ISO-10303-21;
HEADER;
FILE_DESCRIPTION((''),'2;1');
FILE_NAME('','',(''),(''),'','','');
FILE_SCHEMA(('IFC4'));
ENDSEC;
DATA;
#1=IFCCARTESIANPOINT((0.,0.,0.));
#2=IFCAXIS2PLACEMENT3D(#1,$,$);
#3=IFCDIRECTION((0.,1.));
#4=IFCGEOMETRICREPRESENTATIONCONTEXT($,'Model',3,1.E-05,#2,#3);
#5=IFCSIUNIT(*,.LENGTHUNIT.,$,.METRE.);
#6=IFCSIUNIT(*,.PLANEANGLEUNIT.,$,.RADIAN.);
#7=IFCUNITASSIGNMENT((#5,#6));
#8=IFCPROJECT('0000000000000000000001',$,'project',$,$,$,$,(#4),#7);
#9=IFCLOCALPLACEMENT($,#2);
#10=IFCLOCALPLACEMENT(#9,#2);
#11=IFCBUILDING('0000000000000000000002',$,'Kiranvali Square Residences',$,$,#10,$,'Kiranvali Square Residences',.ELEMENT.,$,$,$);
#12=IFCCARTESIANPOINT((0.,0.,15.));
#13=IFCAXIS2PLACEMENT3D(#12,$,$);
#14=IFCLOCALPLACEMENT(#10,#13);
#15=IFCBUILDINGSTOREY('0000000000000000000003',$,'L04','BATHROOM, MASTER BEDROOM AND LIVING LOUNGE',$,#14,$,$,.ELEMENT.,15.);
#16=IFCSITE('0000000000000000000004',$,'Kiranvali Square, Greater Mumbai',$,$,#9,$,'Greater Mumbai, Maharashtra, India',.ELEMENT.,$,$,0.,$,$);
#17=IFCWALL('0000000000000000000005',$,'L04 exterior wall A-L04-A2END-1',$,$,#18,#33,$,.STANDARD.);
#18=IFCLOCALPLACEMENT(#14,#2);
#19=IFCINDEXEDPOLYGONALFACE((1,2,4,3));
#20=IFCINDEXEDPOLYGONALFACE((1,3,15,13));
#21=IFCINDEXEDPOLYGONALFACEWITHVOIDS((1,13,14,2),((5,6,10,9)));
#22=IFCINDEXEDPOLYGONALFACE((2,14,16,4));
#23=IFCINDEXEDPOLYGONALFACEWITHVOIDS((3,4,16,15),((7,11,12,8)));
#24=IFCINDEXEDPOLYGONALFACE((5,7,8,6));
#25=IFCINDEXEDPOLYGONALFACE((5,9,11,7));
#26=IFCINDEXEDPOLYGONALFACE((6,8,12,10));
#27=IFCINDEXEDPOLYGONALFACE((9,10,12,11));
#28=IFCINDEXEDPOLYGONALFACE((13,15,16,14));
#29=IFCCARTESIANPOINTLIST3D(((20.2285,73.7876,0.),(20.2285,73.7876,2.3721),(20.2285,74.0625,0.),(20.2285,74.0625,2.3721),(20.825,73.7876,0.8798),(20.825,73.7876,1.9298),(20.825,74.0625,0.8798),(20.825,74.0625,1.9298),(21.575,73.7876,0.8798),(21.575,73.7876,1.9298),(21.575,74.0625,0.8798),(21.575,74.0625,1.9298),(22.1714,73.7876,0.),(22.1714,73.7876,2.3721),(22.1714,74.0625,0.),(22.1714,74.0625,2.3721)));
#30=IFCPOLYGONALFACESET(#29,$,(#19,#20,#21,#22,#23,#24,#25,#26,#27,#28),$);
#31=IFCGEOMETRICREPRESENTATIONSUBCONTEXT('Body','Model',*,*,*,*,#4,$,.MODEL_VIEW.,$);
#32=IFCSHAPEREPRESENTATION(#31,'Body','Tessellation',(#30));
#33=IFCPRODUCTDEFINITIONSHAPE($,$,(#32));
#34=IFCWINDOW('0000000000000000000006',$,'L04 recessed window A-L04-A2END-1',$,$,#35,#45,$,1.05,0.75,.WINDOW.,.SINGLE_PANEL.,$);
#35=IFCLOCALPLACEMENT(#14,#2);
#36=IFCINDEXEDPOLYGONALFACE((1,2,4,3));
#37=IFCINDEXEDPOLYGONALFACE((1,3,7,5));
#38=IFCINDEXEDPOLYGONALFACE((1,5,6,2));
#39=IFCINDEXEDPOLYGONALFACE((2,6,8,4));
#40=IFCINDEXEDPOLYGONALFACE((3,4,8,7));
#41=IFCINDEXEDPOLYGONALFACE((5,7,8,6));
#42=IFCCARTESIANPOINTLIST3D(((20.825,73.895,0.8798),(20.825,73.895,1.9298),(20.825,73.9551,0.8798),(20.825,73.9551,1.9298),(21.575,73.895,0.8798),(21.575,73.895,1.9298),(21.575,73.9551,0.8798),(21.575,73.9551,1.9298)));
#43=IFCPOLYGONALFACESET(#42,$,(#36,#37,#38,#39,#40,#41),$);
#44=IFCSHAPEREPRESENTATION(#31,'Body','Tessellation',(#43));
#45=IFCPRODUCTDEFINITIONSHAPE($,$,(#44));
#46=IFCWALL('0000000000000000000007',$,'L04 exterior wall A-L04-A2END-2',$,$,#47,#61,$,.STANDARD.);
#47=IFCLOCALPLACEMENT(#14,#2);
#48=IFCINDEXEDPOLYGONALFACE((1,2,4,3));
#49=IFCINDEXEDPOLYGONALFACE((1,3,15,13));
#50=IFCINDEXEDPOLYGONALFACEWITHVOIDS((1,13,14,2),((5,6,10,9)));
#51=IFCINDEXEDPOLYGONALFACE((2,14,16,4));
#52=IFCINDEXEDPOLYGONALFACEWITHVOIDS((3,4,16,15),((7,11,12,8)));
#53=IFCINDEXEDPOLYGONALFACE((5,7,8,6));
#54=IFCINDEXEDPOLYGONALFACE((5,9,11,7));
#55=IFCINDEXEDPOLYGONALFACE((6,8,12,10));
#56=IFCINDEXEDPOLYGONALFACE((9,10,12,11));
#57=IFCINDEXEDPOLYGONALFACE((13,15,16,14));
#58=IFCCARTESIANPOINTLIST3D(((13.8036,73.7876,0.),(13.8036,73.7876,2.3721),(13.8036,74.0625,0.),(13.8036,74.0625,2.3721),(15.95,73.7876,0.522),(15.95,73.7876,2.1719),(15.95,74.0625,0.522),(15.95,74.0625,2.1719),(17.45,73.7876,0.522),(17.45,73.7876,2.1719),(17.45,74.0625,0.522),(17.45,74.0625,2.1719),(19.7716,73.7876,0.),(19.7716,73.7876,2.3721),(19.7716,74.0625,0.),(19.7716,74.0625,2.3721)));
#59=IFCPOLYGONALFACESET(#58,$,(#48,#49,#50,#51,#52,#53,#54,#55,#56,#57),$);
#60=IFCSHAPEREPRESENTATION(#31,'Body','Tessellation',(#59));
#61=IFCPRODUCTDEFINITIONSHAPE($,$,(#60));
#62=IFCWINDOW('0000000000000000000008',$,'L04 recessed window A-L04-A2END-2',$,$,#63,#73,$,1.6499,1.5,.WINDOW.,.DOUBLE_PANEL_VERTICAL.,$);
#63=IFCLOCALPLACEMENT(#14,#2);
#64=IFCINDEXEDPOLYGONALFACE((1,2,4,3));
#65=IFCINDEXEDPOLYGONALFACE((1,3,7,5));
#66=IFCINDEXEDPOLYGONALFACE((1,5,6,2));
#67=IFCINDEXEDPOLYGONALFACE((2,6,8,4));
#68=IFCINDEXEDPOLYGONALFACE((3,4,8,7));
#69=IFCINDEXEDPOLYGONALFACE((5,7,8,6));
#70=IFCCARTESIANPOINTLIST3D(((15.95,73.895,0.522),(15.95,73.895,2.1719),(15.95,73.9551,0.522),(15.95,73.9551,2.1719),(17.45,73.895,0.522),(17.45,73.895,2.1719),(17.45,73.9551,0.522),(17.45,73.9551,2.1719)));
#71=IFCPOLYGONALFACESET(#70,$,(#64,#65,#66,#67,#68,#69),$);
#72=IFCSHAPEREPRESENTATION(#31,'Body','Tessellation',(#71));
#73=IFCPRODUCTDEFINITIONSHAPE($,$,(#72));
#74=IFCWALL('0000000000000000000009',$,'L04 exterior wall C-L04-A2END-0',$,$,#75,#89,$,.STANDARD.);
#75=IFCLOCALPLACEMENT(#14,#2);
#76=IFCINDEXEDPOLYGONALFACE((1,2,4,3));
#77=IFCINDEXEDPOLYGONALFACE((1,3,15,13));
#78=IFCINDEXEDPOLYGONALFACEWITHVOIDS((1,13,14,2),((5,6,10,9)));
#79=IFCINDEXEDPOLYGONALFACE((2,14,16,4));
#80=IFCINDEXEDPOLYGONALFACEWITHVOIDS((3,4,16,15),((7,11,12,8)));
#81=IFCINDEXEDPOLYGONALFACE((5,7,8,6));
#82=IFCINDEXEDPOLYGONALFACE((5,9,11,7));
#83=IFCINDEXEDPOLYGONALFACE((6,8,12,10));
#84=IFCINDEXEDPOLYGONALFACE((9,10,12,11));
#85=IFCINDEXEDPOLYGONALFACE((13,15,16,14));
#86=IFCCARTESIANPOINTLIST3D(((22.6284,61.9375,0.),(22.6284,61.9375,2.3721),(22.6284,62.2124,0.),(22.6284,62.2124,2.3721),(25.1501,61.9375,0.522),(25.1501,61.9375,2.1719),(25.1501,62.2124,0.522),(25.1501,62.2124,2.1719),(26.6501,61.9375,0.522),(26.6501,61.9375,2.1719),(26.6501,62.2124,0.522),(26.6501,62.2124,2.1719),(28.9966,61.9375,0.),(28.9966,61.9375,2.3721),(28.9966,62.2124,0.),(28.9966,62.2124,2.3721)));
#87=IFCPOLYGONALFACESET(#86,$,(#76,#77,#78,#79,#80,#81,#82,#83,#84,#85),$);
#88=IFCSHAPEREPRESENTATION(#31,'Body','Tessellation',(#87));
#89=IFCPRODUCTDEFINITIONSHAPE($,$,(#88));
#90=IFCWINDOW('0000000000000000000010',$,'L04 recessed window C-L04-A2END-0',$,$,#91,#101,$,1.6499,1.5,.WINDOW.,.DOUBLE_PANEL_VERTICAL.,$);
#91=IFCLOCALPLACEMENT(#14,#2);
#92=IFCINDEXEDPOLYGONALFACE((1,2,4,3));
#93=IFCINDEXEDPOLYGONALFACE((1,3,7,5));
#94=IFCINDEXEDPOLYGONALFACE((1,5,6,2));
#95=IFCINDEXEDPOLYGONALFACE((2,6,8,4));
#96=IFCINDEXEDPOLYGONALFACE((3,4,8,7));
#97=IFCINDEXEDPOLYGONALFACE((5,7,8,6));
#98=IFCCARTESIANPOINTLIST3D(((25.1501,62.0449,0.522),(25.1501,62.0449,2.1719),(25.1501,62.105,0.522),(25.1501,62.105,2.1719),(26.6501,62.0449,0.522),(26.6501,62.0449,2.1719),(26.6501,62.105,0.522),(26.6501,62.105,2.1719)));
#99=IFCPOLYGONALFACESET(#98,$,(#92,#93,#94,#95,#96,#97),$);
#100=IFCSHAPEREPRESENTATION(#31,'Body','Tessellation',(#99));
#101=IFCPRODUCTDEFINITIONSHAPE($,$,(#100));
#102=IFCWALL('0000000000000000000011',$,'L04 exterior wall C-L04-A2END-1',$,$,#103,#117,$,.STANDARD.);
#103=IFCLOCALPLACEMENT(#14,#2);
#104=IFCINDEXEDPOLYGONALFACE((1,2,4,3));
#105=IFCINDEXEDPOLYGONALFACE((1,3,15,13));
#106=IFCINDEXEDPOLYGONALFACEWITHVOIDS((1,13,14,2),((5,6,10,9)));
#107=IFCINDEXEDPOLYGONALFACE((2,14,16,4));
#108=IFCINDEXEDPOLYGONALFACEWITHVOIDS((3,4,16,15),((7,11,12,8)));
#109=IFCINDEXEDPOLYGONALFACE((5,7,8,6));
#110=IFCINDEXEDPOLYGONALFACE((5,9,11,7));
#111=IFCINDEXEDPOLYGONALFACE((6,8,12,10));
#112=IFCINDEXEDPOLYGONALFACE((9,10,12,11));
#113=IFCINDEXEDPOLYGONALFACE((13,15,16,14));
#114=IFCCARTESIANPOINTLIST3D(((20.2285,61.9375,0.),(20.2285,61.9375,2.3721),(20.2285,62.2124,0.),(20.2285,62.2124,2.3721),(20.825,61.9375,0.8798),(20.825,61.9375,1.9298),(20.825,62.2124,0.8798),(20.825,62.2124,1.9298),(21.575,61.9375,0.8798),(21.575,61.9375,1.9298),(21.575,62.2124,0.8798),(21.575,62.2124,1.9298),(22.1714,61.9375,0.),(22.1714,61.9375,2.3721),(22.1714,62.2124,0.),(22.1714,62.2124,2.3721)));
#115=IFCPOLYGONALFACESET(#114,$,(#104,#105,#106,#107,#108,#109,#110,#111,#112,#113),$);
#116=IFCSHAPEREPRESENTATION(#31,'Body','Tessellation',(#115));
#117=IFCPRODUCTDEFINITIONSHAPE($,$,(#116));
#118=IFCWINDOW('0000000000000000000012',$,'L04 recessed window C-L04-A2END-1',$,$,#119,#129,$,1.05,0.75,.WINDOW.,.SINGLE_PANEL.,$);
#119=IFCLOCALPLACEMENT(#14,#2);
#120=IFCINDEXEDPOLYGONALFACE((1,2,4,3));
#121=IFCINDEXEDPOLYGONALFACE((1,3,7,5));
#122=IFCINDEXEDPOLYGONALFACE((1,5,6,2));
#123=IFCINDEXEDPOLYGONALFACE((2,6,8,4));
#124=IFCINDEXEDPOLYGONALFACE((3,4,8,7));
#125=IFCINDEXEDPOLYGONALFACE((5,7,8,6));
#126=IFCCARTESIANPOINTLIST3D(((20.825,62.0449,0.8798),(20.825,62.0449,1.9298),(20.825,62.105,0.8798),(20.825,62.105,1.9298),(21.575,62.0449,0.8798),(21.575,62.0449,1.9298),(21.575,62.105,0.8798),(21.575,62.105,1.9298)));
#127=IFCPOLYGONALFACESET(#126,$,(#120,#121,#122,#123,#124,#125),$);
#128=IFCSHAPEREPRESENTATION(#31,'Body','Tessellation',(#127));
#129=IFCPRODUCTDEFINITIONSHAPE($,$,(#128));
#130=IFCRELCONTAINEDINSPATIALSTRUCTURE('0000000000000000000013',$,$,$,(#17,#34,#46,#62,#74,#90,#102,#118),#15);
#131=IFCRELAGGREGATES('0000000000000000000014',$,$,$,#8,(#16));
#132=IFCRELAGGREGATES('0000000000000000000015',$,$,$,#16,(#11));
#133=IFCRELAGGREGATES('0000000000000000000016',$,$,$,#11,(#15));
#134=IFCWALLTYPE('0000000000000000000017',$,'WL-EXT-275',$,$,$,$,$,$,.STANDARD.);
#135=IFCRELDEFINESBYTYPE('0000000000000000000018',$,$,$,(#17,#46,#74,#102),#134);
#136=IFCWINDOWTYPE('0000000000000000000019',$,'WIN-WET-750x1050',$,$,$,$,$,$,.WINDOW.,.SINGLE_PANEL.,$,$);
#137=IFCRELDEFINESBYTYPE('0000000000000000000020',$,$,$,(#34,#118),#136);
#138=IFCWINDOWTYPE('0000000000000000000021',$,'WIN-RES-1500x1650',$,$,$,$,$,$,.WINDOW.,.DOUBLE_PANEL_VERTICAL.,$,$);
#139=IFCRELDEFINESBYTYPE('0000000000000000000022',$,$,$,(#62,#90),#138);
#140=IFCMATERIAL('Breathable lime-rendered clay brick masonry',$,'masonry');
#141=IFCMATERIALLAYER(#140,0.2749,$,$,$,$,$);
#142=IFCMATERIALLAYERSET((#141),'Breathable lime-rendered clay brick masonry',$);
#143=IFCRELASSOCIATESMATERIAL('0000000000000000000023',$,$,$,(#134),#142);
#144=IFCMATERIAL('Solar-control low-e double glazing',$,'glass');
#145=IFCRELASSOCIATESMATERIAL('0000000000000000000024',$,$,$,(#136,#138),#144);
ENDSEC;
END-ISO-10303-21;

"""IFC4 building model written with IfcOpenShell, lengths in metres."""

from ifc_helpers import new_model, si_unit, direction, frame, frame_2d, origin, place, context, subcontext, project, spatial, rectangle, extrude, material, layer, layer_set, type_object, element, fill, save


model = new_model("IFC4")

# Units and contexts
model_context = context("Model", 3, precision=1e-05, world=origin(), true_north=direction((0.0, 1.0)))
body_context = subcontext(model_context, "Body", "Model", "MODEL_VIEW")
ifc_project = project(units=[si_unit("LENGTHUNIT", "METRE"), si_unit("PLANEANGLEUNIT", "RADIAN")], contexts=[model_context])

# Site, building, storey
site_placement = place(None, origin())
site = spatial("IfcSite", under=ifc_project, at=site_placement, Name="Kiranvali Square, Greater Mumbai", LongName="Greater Mumbai, Maharashtra, India", CompositionType="ELEMENT", RefElevation=0.0)
building_placement = place(site_placement, origin())
building = spatial("IfcBuilding", under=site, at=building_placement, Name="Kiranvali Square Residences", LongName="Kiranvali Square Residences", CompositionType="ELEMENT")
storey_placement = place(building_placement, frame((0.0, 0.0, 15.0)))
storey = spatial("IfcBuildingStorey", under=building, at=storey_placement, Name="L04", Description="BATHROOM, MASTER BEDROOM AND LIVING LOUNGE", CompositionType="ELEMENT", Elevation=15.0)

# Walls, openings, windows
ifc_material_1 = material(Name="Breathable lime-rendered clay brick masonry", Category="masonry")
ifc_layer = layer(ifc_material_1, 0.2749)
ifc_layer_set = layer_set([ifc_layer], Name="Breathable lime-rendered clay brick masonry")
wall_type = type_object("IfcWallType", Name="WL-EXT-275", PredefinedType="STANDARD", material=ifc_layer_set)
wall_1_placement = place(storey_placement, frame((22.1714, 73.925, 0.0), z_axis=(0.0, 0.0, 1.0), x_axis=(-1.0, 0.0, 0.0)))
wall_1 = element("IfcWall", 1, at=wall_1_placement, inside=storey, type_object=wall_type, Name="L04 exterior wall A-L04-A2END-1", PredefinedType="STANDARD", context=body_context, shape_type="SweptSolid", body=[
    extrude(rectangle(XDim=1.9429, YDim=0.2749, at=frame_2d((0.9714, 0.0))), origin(), (0.0, 0.0, 1.0), 2.3721),
])
opening_1_placement = place(wall_1_placement, frame((0.5964, 0.0, 0.8799)))
opening_1 = element("IfcOpeningElement", 2, at=opening_1_placement, cuts=wall_1, PredefinedType="OPENING", context=body_context, shape_type="SweptSolid", body=[
    extrude(rectangle(XDim=0.75, YDim=1.05, at=frame_2d((0.375, 0.5249))), frame((0.0, 0.1475, 0.0), z_axis=(0.0, -1.0, 0.0), x_axis=(1.0, 0.0, 0.0)), (0.0, 0.0, 1.0), 0.2949),
])
ifc_material_2 = material(Name="Solar-control low-e double glazing", Category="glass")
window_type_1 = type_object("IfcWindowType", Name="WIN-WET-750x1050", PartitioningType="SINGLE_PANEL", PredefinedType="WINDOW", material=ifc_material_2)
window_1_placement = place(opening_1_placement, origin())
window_1 = element("IfcWindow", 3, at=window_1_placement, inside=storey, type_object=window_type_1, Name="L04 recessed window A-L04-A2END-1", OverallHeight=1.05, OverallWidth=0.75, PartitioningType="SINGLE_PANEL", PredefinedType="WINDOW", context=body_context, shape_type="SweptSolid", body=[
    extrude(rectangle(XDim=0.75, YDim=1.05, at=frame_2d((0.375, 0.5249))), frame((0.0, 0.03, 0.0), z_axis=(0.0, -1.0, 0.0), x_axis=(1.0, 0.0, 0.0)), (0.0, 0.0, 1.0), 0.0601),
])
fill(opening_1, window_1)
wall_2_placement = place(storey_placement, frame((19.7715, 73.925, 0.0), z_axis=(0.0, 0.0, 1.0), x_axis=(-1.0, 0.0, 0.0)))
wall_2 = element("IfcWall", 4, at=wall_2_placement, inside=storey, type_object=wall_type, Name="L04 exterior wall A-L04-A2END-2", PredefinedType="STANDARD", context=body_context, shape_type="SweptSolid", body=[
    extrude(rectangle(XDim=5.968, YDim=0.2749, at=frame_2d((2.9839, 0.0))), origin(), (0.0, 0.0, 1.0), 2.3721),
])
opening_2_placement = place(wall_2_placement, frame((2.3215, 0.0, 0.522)))
opening_2 = element("IfcOpeningElement", 5, at=opening_2_placement, cuts=wall_2, PredefinedType="OPENING", context=body_context, shape_type="SweptSolid", body=[
    extrude(rectangle(XDim=1.5, YDim=1.6499, at=frame_2d((0.75, 0.825))), frame((0.0, 0.1475, 0.0), z_axis=(0.0, -1.0, 0.0), x_axis=(1.0, 0.0, 0.0)), (0.0, 0.0, 1.0), 0.2949),
])
window_type_2 = type_object("IfcWindowType", Name="WIN-RES-1500x1650", PartitioningType="DOUBLE_PANEL_VERTICAL", PredefinedType="WINDOW", material=ifc_material_2)
window_2_placement = place(opening_2_placement, origin())
window_2 = element("IfcWindow", 6, at=window_2_placement, inside=storey, type_object=window_type_2, Name="L04 recessed window A-L04-A2END-2", OverallHeight=1.6499, OverallWidth=1.5, PartitioningType="DOUBLE_PANEL_VERTICAL", PredefinedType="WINDOW", context=body_context, shape_type="SweptSolid", body=[
    extrude(rectangle(XDim=1.5, YDim=1.6499, at=frame_2d((0.75, 0.825))), frame((0.0, 0.03, 0.0), z_axis=(0.0, -1.0, 0.0), x_axis=(1.0, 0.0, 0.0)), (0.0, 0.0, 1.0), 0.0601),
])
fill(opening_2, window_2)
wall_3_placement = place(storey_placement, frame((28.9966, 62.075, 0.0), z_axis=(0.0, 0.0, 1.0), x_axis=(-1.0, 0.0, 0.0)))
wall_3 = element("IfcWall", 7, at=wall_3_placement, inside=storey, type_object=wall_type, Name="L04 exterior wall C-L04-A2END-0", PredefinedType="STANDARD", context=body_context, shape_type="SweptSolid", body=[
    extrude(rectangle(XDim=6.3682, YDim=0.2749, at=frame_2d((3.1841, 0.0))), origin(), (0.0, 0.0, 1.0), 2.3721),
])
opening_3_placement = place(wall_3_placement, frame((2.3464, 0.0, 0.522)))
opening_3 = element("IfcOpeningElement", 8, at=opening_3_placement, cuts=wall_3, PredefinedType="OPENING", context=body_context, shape_type="SweptSolid", body=[
    extrude(rectangle(XDim=1.5, YDim=1.6499, at=frame_2d((0.75, 0.825))), frame((0.0, 0.1475, 0.0), z_axis=(0.0, -1.0, 0.0), x_axis=(1.0, 0.0, 0.0)), (0.0, 0.0, 1.0), 0.2949),
])
window_3_placement = place(opening_3_placement, origin())
window_3 = element("IfcWindow", 9, at=window_3_placement, inside=storey, type_object=window_type_2, Name="L04 recessed window C-L04-A2END-0", OverallHeight=1.6499, OverallWidth=1.5, PartitioningType="DOUBLE_PANEL_VERTICAL", PredefinedType="WINDOW", context=body_context, shape_type="SweptSolid", body=[
    extrude(rectangle(XDim=1.5, YDim=1.6499, at=frame_2d((0.75, 0.825))), frame((0.0, 0.03, 0.0), z_axis=(0.0, -1.0, 0.0), x_axis=(1.0, 0.0, 0.0)), (0.0, 0.0, 1.0), 0.0601),
])
fill(opening_3, window_3)
wall_4_placement = place(storey_placement, frame((22.1714, 62.075, 0.0), z_axis=(0.0, 0.0, 1.0), x_axis=(-1.0, 0.0, 0.0)))
wall_4 = element("IfcWall", 10, at=wall_4_placement, inside=storey, type_object=wall_type, Name="L04 exterior wall C-L04-A2END-1", PredefinedType="STANDARD", context=body_context, shape_type="SweptSolid", body=[
    extrude(rectangle(XDim=1.9429, YDim=0.2749, at=frame_2d((0.9714, 0.0))), origin(), (0.0, 0.0, 1.0), 2.3721),
])
opening_4_placement = place(wall_4_placement, frame((0.5964, 0.0, 0.8799)))
opening_4 = element("IfcOpeningElement", 11, at=opening_4_placement, cuts=wall_4, PredefinedType="OPENING", context=body_context, shape_type="SweptSolid", body=[
    extrude(rectangle(XDim=0.75, YDim=1.05, at=frame_2d((0.375, 0.5249))), frame((0.0, 0.1475, 0.0), z_axis=(0.0, -1.0, 0.0), x_axis=(1.0, 0.0, 0.0)), (0.0, 0.0, 1.0), 0.2949),
])
window_4_placement = place(opening_4_placement, origin())
window_4 = element("IfcWindow", 12, at=window_4_placement, inside=storey, type_object=window_type_1, Name="L04 recessed window C-L04-A2END-1", OverallHeight=1.05, OverallWidth=0.75, PartitioningType="SINGLE_PANEL", PredefinedType="WINDOW", context=body_context, shape_type="SweptSolid", body=[
    extrude(rectangle(XDim=0.75, YDim=1.05, at=frame_2d((0.375, 0.5249))), frame((0.0, 0.03, 0.0), z_axis=(0.0, -1.0, 0.0), x_axis=(1.0, 0.0, 0.0)), (0.0, 0.0, 1.0), 0.0601),
])
fill(opening_4, window_4)

save(model, "model.ifc")
